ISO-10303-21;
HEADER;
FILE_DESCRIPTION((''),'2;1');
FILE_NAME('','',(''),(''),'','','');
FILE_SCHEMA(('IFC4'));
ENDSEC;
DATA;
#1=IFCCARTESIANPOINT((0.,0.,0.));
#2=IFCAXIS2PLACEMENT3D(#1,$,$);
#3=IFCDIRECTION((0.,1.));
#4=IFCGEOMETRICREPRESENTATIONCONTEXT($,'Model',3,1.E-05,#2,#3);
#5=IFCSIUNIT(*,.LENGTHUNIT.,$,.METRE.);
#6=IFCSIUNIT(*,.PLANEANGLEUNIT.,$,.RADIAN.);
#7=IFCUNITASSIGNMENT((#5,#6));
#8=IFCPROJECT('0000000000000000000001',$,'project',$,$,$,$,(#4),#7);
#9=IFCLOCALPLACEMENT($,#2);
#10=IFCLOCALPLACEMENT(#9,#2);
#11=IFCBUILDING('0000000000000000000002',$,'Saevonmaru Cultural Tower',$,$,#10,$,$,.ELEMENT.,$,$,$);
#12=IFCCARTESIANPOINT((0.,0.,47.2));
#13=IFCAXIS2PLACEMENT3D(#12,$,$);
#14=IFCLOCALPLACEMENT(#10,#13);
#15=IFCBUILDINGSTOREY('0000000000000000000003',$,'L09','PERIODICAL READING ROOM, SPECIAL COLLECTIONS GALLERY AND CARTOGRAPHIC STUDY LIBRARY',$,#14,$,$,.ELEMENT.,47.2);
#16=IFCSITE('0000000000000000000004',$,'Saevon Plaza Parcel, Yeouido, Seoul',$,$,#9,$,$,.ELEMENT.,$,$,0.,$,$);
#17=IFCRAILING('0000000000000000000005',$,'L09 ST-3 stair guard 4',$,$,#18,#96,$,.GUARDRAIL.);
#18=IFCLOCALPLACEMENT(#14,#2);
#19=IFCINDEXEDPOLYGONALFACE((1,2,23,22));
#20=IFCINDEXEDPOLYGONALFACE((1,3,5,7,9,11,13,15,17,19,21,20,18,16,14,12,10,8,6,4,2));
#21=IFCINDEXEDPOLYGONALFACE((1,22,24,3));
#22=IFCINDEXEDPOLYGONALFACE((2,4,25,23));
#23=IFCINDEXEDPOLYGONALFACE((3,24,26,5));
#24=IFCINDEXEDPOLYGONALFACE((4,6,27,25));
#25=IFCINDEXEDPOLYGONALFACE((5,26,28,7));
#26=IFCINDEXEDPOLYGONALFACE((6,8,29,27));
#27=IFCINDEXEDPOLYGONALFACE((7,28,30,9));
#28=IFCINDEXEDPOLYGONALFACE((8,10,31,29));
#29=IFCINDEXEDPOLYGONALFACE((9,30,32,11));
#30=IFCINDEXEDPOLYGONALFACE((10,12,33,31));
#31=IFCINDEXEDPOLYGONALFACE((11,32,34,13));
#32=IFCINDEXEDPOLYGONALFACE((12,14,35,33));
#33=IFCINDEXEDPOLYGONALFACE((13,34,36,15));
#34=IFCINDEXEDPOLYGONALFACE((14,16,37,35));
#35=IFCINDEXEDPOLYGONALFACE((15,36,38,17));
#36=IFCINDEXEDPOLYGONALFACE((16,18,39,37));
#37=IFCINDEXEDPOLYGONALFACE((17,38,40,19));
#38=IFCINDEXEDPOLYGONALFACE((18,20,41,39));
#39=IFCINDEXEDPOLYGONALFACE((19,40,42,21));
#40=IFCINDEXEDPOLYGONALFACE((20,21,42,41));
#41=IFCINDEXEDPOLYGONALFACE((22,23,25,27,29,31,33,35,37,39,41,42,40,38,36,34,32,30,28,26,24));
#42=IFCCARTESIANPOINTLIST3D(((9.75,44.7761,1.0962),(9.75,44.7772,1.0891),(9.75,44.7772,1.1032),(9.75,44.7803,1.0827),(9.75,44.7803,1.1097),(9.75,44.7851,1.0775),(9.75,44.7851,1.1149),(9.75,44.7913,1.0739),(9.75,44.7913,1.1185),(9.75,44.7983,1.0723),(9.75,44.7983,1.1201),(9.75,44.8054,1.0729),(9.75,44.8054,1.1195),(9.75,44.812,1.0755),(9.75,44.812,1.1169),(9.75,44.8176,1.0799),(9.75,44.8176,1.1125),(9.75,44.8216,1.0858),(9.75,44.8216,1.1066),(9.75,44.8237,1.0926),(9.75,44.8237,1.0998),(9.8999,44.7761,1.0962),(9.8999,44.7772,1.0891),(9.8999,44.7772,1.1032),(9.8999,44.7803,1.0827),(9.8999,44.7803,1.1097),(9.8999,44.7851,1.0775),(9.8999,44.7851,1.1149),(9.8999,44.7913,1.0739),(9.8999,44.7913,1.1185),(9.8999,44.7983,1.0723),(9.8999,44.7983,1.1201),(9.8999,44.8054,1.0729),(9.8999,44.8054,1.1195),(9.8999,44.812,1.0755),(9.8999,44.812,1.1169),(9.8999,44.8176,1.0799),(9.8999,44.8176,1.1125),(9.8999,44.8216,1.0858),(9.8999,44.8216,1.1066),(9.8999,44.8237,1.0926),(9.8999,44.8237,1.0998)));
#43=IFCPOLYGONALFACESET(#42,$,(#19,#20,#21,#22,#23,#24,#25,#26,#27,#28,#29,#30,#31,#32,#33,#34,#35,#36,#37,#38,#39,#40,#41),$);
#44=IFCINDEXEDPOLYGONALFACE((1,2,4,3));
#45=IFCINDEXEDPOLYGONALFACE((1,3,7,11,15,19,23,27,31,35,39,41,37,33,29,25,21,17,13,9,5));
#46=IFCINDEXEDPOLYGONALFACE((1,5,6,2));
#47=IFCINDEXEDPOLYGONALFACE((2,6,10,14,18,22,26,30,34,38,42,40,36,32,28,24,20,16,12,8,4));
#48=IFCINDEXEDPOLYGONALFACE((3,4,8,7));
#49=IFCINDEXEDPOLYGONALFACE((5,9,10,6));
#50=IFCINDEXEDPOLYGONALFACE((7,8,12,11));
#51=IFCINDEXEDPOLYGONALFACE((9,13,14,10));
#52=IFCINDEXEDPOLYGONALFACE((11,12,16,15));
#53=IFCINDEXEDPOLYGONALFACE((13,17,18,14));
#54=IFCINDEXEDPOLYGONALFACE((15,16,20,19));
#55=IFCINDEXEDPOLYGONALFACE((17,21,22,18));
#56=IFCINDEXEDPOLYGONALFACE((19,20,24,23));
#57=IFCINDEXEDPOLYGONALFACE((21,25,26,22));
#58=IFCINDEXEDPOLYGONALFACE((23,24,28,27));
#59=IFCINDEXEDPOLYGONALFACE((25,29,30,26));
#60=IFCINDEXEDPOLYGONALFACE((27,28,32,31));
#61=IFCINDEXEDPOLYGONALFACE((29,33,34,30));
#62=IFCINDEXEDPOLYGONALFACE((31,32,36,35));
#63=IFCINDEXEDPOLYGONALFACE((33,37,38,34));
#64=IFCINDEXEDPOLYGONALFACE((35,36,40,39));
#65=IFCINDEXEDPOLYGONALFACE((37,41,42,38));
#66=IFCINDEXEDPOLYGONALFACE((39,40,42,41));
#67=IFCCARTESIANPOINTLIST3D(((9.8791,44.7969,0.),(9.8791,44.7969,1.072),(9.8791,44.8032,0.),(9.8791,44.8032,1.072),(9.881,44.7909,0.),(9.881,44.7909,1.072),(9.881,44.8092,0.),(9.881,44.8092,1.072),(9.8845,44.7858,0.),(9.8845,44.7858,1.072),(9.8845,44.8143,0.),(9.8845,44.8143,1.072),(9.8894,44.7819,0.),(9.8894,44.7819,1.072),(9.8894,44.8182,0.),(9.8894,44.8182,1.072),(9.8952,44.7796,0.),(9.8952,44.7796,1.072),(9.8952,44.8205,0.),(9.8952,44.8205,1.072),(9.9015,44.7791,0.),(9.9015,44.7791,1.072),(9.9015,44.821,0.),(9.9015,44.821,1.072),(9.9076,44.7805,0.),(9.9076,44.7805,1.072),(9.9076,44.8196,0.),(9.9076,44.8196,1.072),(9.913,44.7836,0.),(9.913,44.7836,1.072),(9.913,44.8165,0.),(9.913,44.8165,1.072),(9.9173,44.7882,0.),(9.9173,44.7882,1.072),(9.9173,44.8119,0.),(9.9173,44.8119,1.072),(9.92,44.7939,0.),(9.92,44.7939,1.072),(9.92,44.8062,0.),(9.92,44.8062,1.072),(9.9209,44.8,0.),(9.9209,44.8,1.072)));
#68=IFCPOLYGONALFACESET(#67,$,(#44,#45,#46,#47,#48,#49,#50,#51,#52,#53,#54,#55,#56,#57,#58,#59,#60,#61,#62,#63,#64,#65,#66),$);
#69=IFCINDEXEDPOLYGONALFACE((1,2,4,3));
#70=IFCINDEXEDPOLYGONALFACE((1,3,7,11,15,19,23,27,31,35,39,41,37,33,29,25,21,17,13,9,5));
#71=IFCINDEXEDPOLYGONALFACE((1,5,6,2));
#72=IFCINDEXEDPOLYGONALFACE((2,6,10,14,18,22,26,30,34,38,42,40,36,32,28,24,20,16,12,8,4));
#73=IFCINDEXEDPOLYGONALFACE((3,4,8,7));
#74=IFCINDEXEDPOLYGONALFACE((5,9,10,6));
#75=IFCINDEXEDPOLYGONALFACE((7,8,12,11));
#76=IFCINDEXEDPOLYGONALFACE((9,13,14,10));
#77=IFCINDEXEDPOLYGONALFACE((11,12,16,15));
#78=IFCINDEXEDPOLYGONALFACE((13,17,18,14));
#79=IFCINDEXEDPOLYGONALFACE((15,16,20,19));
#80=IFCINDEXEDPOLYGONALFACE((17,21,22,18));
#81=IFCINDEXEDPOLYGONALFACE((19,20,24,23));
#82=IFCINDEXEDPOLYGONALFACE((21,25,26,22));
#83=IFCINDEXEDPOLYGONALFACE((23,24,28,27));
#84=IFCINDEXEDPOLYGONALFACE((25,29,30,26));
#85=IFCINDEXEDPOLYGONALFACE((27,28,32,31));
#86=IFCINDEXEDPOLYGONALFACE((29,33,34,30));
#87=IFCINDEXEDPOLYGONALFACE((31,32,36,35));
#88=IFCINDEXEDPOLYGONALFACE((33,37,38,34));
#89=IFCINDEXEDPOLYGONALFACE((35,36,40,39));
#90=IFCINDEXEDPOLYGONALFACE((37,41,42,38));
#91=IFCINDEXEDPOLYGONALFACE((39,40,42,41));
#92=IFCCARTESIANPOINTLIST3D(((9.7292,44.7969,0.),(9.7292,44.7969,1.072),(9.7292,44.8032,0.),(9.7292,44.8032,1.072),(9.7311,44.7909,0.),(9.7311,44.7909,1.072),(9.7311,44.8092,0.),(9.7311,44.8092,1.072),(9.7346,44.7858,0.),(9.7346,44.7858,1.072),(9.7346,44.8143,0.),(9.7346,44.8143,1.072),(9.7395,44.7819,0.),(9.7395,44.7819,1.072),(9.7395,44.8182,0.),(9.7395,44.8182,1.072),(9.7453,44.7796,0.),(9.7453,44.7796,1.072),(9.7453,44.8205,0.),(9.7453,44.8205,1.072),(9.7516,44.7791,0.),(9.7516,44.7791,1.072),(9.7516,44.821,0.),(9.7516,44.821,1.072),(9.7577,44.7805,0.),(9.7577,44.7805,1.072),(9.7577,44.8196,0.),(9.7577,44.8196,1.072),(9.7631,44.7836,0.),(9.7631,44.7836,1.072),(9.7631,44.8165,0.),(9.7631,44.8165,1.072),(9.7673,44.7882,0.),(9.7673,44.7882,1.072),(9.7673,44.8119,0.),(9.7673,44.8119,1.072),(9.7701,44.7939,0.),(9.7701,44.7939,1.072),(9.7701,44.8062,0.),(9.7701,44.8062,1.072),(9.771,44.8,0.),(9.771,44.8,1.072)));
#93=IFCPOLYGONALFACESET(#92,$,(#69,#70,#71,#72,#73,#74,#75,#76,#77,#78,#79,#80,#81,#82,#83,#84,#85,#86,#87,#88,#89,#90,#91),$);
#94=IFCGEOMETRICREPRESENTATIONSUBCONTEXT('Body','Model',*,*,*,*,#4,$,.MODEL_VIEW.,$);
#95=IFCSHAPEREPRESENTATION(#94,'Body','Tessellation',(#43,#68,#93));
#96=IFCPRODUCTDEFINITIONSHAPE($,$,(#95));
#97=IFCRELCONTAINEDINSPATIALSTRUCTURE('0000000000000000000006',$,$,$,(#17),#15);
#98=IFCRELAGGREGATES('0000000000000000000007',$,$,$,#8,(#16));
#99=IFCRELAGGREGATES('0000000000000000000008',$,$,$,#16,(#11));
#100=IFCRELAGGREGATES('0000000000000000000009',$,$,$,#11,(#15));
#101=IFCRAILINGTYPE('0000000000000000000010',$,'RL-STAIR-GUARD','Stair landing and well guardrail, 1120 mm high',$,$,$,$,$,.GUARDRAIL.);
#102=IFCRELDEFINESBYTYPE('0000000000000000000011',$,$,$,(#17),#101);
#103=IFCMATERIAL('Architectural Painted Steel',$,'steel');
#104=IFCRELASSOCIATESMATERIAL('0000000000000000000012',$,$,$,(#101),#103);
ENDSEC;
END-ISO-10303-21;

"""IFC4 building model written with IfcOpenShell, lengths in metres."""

from ifc_helpers import new_model, si_unit, direction, frame, origin, origin_2d, place, context, subcontext, project, spatial, circle, extrude, material, type_object, element, save


model = new_model("IFC4")

# Units and contexts
model_context = context("Model", 3, precision=1e-05, world=origin(), true_north=direction((0.0, 1.0)))
body_context = subcontext(model_context, "Body", "Model", "MODEL_VIEW")
ifc_project = project(units=[si_unit("LENGTHUNIT", "METRE"), si_unit("PLANEANGLEUNIT", "RADIAN")], contexts=[model_context])

# Site, building, storey
site_placement = place(None, origin())
site = spatial("IfcSite", under=ifc_project, at=site_placement, Name="Saevon Plaza Parcel, Yeouido, Seoul", CompositionType="ELEMENT", RefElevation=0.0)
building_placement = place(site_placement, origin())
building = spatial("IfcBuilding", under=site, at=building_placement, Name="Saevonmaru Cultural Tower", CompositionType="ELEMENT")
storey_placement = place(building_placement, frame((0.0, 0.0, 47.2)))
storey = spatial("IfcBuildingStorey", under=building, at=storey_placement, Name="L09", Description="PERIODICAL READING ROOM, SPECIAL COLLECTIONS GALLERY AND CARTOGRAPHIC STUDY LIBRARY", CompositionType="ELEMENT", Elevation=47.2)

# Railing
ifc_material_1 = material(Name="Architectural Painted Steel", Category="steel")
railing_type_1 = type_object("IfcRailingType", Name="RL-STAIR-GUARD", Description="Stair landing and well guardrail, 1120 mm high", PredefinedType="GUARDRAIL", material=ifc_material_1)
railing_1_placement = place(storey_placement, frame((9.8999, 44.8, 0.0)))
element("IfcRailing", 1, at=railing_1_placement, inside=storey, type_object=railing_type_1, Name="L09 ST-3 stair guard 4", PredefinedType="GUARDRAIL", context=body_context, shape_type="SweptSolid", body=[
    extrude(circle(Radius=0.0239, at=origin_2d()), frame((0.0, 0.0, 1.0962), z_axis=(-1.0, 0.0, 0.0), x_axis=(0.0, -1.0, 0.0)), (0.0, 0.0, 1.0), 0.1499),
    extrude(circle(Radius=0.021, at=origin_2d()), origin(), (0.0, 0.0, 1.0), 1.072),
    extrude(circle(Radius=0.021, at=origin_2d()), frame((-0.1499, 0.0, 0.0)), (0.0, 0.0, 1.0), 1.072),
])

save(model, "model.ifc")
